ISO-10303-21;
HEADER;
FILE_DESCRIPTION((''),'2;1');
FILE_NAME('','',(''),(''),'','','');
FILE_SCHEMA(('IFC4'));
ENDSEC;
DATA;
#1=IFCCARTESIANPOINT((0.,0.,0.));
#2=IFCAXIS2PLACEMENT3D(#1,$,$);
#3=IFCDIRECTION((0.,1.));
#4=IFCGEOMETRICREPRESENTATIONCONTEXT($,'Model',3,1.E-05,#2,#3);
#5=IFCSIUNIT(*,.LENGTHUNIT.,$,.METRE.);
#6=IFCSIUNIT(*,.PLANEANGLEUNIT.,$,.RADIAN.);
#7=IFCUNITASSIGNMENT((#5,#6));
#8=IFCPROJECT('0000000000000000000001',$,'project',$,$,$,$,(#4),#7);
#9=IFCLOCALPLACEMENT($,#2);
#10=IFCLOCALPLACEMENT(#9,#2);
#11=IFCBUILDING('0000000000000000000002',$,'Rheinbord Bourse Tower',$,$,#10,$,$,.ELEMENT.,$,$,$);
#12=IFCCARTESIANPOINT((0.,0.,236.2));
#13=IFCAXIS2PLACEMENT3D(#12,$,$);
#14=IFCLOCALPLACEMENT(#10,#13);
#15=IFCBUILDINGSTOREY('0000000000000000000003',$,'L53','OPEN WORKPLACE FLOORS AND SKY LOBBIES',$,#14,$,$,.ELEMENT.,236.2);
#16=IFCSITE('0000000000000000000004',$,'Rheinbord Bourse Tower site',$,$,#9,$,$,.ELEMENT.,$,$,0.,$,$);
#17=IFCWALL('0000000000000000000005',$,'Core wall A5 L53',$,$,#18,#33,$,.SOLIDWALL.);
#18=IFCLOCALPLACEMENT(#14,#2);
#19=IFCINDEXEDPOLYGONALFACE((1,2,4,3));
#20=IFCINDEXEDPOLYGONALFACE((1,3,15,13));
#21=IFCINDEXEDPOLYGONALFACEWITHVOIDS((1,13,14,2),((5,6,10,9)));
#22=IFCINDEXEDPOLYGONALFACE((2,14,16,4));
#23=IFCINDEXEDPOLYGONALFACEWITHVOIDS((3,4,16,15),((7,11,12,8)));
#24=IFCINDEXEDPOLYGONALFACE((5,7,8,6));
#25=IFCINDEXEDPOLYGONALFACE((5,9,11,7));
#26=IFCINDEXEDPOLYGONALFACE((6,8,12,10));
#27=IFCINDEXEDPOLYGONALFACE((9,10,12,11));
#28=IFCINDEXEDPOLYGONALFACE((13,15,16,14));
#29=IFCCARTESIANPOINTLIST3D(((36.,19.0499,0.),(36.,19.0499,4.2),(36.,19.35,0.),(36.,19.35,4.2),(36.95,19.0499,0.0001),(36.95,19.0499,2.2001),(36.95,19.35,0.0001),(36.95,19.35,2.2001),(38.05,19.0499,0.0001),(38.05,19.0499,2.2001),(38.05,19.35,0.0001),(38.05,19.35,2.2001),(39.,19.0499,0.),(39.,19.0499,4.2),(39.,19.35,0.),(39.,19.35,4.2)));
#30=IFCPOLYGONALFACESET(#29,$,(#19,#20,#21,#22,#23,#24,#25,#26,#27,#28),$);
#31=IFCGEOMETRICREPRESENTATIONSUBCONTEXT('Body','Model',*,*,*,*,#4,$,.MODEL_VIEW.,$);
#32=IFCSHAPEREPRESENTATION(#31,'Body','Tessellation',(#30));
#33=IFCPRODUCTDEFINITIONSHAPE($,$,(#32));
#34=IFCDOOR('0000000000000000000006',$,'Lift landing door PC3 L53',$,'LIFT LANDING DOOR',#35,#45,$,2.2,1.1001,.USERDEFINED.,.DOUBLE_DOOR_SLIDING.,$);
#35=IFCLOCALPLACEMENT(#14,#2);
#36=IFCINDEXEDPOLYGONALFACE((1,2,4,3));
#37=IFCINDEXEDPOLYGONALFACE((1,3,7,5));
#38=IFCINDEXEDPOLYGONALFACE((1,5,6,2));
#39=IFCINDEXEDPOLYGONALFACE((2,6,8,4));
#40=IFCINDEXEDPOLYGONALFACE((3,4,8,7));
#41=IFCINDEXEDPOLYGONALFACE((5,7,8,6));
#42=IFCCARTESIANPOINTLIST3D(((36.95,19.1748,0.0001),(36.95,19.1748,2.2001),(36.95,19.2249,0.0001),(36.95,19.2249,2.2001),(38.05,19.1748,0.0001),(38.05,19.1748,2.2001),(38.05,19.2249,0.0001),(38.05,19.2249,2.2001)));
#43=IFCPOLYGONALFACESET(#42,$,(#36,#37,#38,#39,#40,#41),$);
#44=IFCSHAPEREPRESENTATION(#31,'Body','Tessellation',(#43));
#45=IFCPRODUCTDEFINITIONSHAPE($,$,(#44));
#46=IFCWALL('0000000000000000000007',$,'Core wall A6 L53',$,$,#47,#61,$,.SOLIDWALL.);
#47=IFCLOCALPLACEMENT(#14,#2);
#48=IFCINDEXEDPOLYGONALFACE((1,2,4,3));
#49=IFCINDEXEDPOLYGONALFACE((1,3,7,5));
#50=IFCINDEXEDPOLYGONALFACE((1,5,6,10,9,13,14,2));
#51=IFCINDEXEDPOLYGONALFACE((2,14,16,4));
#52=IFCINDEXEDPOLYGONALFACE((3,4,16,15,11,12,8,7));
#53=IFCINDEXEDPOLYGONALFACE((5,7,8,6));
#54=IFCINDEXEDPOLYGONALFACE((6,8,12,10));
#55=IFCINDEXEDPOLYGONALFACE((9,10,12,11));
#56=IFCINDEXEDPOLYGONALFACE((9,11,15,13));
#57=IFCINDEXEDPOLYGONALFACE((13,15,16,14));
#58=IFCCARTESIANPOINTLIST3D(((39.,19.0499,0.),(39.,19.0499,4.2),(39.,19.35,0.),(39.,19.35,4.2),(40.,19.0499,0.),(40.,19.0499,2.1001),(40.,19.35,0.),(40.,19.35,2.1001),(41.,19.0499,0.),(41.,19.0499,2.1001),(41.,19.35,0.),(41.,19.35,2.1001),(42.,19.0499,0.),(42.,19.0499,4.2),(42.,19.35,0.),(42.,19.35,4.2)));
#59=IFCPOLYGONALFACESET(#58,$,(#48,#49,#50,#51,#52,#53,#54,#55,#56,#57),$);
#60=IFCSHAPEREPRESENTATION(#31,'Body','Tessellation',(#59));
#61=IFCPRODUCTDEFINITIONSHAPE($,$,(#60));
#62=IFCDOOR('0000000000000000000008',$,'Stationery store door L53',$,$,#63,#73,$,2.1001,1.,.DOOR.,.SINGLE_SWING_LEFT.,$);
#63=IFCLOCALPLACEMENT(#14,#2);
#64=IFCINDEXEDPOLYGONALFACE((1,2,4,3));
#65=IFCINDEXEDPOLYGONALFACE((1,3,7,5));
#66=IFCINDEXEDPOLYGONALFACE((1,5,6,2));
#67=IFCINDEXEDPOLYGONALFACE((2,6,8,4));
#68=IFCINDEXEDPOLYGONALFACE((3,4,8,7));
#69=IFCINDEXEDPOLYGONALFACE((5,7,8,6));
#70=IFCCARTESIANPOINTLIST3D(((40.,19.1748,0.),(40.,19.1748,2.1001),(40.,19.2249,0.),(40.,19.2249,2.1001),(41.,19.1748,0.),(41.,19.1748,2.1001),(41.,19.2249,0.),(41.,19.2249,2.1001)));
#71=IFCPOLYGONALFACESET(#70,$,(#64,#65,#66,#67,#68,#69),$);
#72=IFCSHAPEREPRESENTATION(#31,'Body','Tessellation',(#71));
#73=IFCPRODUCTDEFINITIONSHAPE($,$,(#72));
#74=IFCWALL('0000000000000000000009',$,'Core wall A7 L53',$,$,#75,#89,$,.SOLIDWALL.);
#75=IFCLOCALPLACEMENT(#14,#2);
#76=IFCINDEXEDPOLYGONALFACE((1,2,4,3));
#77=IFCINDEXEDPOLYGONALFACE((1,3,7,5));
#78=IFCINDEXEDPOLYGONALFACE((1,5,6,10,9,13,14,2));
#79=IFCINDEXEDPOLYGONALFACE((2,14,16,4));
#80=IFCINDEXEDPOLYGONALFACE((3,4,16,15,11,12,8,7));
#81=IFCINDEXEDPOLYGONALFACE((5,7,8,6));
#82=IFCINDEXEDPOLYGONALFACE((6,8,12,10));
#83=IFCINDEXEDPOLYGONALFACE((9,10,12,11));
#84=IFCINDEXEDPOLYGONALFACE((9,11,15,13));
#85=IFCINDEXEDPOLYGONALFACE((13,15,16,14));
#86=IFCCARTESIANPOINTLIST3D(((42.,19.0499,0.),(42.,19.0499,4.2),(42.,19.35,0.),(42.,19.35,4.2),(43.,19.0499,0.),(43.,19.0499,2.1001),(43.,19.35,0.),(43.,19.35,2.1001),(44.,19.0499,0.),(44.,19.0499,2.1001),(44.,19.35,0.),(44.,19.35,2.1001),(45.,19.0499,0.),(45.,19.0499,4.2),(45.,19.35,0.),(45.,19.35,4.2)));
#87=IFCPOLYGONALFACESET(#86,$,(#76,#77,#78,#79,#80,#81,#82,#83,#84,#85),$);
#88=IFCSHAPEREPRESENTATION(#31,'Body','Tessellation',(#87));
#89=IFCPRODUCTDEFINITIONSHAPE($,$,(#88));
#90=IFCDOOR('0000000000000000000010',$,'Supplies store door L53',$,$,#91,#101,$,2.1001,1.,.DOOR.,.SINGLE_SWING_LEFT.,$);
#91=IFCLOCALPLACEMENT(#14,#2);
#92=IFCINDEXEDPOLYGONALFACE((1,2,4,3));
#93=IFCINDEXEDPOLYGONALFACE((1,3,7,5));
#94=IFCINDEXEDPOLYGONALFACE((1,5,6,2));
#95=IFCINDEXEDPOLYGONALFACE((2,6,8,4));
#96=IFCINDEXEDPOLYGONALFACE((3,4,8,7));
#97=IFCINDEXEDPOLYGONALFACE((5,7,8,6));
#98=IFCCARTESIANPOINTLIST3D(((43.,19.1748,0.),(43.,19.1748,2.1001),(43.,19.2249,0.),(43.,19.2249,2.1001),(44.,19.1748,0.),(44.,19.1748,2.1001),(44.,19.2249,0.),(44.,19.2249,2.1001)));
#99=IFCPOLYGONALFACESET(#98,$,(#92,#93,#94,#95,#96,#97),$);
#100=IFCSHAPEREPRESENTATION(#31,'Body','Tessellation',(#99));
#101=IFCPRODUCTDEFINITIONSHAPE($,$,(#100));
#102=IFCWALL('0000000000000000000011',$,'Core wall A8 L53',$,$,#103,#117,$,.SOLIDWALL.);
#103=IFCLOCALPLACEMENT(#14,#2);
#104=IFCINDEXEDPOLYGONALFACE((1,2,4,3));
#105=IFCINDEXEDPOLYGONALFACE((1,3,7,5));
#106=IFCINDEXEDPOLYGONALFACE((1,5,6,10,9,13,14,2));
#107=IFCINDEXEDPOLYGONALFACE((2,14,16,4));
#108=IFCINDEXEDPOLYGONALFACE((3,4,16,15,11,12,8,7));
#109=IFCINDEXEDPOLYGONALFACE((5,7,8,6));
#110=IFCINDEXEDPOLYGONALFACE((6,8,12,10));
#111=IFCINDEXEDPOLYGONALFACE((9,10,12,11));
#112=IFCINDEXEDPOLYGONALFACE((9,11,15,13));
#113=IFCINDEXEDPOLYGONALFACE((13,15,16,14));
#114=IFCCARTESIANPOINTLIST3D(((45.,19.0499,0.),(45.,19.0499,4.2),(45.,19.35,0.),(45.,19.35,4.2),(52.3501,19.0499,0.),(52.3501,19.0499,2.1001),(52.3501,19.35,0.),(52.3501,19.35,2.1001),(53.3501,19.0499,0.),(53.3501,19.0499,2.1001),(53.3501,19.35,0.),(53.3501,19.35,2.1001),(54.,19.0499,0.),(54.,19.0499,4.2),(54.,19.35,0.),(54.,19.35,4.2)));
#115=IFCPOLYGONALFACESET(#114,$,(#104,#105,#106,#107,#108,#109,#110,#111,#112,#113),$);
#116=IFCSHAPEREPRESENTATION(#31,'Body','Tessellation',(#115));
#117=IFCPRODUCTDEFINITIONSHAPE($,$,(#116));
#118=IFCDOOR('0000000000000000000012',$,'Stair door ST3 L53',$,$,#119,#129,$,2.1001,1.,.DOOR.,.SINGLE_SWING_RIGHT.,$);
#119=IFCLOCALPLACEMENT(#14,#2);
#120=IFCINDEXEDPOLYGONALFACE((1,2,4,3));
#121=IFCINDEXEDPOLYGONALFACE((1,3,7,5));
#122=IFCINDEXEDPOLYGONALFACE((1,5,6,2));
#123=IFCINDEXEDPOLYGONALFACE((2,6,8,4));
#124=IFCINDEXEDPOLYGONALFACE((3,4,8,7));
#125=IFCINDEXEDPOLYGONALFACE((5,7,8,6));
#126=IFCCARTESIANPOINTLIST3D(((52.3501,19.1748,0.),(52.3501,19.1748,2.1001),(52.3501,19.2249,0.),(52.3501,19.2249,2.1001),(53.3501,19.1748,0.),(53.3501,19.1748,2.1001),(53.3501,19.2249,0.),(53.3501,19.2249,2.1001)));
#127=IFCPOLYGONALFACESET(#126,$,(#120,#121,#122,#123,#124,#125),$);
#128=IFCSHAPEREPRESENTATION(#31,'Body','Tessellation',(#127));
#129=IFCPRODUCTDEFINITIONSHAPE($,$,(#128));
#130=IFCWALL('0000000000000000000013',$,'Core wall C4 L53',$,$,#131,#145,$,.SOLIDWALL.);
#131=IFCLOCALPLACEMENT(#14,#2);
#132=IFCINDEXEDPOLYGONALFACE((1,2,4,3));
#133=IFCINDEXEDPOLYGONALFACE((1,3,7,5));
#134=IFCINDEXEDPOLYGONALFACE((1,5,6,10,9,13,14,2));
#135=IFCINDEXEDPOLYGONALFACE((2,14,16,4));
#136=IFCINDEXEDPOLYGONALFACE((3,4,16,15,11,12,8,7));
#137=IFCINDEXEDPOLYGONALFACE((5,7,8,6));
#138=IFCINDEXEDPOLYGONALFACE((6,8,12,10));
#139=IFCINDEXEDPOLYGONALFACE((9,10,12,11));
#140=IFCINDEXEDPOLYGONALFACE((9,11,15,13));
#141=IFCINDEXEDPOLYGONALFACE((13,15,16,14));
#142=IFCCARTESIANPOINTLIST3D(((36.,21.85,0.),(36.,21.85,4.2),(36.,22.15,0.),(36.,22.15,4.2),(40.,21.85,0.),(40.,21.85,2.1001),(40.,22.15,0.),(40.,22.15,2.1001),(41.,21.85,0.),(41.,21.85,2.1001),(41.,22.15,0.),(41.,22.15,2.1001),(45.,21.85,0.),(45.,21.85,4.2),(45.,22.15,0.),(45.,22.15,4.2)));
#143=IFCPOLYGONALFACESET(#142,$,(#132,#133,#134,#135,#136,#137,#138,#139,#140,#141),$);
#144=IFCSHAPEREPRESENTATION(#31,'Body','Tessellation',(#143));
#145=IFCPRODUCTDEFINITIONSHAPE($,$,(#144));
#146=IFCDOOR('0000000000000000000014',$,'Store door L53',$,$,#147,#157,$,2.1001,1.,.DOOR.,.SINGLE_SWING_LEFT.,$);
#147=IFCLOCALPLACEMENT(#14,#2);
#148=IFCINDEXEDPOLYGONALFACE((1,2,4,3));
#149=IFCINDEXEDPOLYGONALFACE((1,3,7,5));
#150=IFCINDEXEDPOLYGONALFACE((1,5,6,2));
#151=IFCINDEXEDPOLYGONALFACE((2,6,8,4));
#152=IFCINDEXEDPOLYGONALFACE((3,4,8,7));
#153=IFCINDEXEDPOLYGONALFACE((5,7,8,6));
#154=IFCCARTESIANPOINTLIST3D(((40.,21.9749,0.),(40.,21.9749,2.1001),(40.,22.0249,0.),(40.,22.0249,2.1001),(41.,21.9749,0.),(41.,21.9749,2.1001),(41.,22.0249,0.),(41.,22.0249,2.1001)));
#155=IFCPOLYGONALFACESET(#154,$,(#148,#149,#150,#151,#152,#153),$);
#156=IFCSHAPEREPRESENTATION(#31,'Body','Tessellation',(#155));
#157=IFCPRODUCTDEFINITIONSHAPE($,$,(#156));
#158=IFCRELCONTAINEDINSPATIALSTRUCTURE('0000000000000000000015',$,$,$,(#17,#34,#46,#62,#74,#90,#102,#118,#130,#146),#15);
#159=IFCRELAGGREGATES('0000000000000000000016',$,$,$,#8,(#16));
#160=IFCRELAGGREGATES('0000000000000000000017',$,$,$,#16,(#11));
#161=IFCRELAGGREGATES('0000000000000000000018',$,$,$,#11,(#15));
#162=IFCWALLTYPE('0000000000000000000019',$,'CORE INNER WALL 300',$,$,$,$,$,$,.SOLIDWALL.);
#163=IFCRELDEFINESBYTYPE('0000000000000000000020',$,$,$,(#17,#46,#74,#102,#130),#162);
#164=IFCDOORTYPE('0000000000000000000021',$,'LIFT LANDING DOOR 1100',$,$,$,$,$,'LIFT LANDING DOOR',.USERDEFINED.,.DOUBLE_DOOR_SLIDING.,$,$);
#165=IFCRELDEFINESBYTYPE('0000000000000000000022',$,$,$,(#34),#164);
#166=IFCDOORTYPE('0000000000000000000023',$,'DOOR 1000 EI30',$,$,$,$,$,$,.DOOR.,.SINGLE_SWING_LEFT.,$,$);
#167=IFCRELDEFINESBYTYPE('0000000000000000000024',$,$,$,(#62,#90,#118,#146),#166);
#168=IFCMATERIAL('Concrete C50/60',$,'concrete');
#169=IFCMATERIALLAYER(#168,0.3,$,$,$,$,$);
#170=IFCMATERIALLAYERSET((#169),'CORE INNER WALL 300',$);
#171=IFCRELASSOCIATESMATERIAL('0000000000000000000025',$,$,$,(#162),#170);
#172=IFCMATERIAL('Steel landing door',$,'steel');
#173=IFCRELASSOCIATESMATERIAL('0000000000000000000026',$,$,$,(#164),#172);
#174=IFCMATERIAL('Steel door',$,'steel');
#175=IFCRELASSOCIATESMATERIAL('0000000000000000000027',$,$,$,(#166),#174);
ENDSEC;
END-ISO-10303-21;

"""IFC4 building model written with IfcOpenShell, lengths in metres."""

from ifc_helpers import new_model, si_unit, direction, frame, frame_2d, origin, place, context, subcontext, project, spatial, rectangle, extrude, material, layer, layer_set, type_object, element, fill, save


model = new_model("IFC4")

# Units and contexts
model_context = context("Model", 3, precision=1e-05, world=origin(), true_north=direction((0.0, 1.0)))
body_context = subcontext(model_context, "Body", "Model", "MODEL_VIEW")
ifc_project = project(units=[si_unit("LENGTHUNIT", "METRE"), si_unit("PLANEANGLEUNIT", "RADIAN")], contexts=[model_context])

# Site, building, storey
site_placement = place(None, origin())
site = spatial("IfcSite", under=ifc_project, at=site_placement, Name="Rheinbord Bourse Tower site", CompositionType="ELEMENT", RefElevation=0.0)
building_placement = place(site_placement, origin())
building = spatial("IfcBuilding", under=site, at=building_placement, Name="Rheinbord Bourse Tower", CompositionType="ELEMENT")
storey_placement = place(building_placement, frame((0.0, 0.0, 236.2)))
storey = spatial("IfcBuildingStorey", under=building, at=storey_placement, Name="L53", Description="OPEN WORKPLACE FLOORS AND SKY LOBBIES", CompositionType="ELEMENT", Elevation=236.2)

# Walls, openings, doors
ifc_material_1 = material(Name="Concrete C50/60", Category="concrete")
ifc_layer_1 = layer(ifc_material_1, 0.3)
ifc_layer_set_1 = layer_set([ifc_layer_1], Name="CORE INNER WALL 300")
wall_type_1 = type_object("IfcWallType", Name="CORE INNER WALL 300", PredefinedType="SOLIDWALL", material=ifc_layer_set_1)
wall_1_placement = place(storey_placement, frame((36.0, 19.2, 0.0), z_axis=(0.0, 0.0, 1.0), x_axis=(1.0, 0.0, 0.0)))
wall_1 = element("IfcWall", 1, at=wall_1_placement, inside=storey, type_object=wall_type_1, Name="Core wall A5 L53", PredefinedType="SOLIDWALL", context=body_context, shape_type="SweptSolid", body=[
    extrude(rectangle(XDim=3.0, YDim=0.3, at=frame_2d((1.5, 0.0))), origin(), (0.0, 0.0, 1.0), 4.2),
])
opening_1_placement = place(wall_1_placement, frame((0.95, 0.0, 0.0)))
opening_1 = element("IfcOpeningElement", 2, at=opening_1_placement, cuts=wall_1, PredefinedType="OPENING", context=body_context, shape_type="SweptSolid", body=[
    extrude(rectangle(XDim=1.1001, YDim=2.2, at=frame_2d((0.55, 1.1001))), frame((0.0, 0.1599, 0.0), z_axis=(0.0, -1.0, 0.0), x_axis=(1.0, 0.0, 0.0)), (0.0, 0.0, 1.0), 0.3201),
])
ifc_material_2 = material(Name="Steel landing door", Category="steel")
door_type_1 = type_object("IfcDoorType", Name="LIFT LANDING DOOR 1100", ElementType="LIFT LANDING DOOR", OperationType="DOUBLE_DOOR_SLIDING", PredefinedType="USERDEFINED", material=ifc_material_2)
door_1_placement = place(opening_1_placement, origin())
door_1 = element("IfcDoor", 3, at=door_1_placement, inside=storey, type_object=door_type_1, Name="Lift landing door PC3 L53", ObjectType="LIFT LANDING DOOR", OperationType="DOUBLE_DOOR_SLIDING", OverallHeight=2.2, OverallWidth=1.1001, PredefinedType="USERDEFINED", context=body_context, shape_type="SweptSolid", body=[
    extrude(rectangle(XDim=1.1001, YDim=2.2, at=frame_2d((0.55, 1.1001))), frame((0.0, 0.0249, 0.0), z_axis=(0.0, -1.0, 0.0), x_axis=(1.0, 0.0, 0.0)), (0.0, 0.0, 1.0), 0.05),
])
fill(opening_1, door_1)
wall_2_placement = place(storey_placement, frame((39.0, 19.2, 0.0), z_axis=(0.0, 0.0, 1.0), x_axis=(1.0, 0.0, 0.0)))
wall_2 = element("IfcWall", 4, at=wall_2_placement, inside=storey, type_object=wall_type_1, Name="Core wall A6 L53", PredefinedType="SOLIDWALL", context=body_context, shape_type="SweptSolid", body=[
    extrude(rectangle(XDim=3.0, YDim=0.3, at=frame_2d((1.5, 0.0))), origin(), (0.0, 0.0, 1.0), 4.2),
])
opening_2_placement = place(wall_2_placement, frame((1.0, 0.0, 0.0)))
opening_2 = element("IfcOpeningElement", 5, at=opening_2_placement, cuts=wall_2, PredefinedType="OPENING", context=body_context, shape_type="SweptSolid", body=[
    extrude(rectangle(XDim=1.0, YDim=2.1001, at=frame_2d((0.5, 1.05))), frame((0.0, 0.1599, 0.0), z_axis=(0.0, -1.0, 0.0), x_axis=(1.0, 0.0, 0.0)), (0.0, 0.0, 1.0), 0.3201),
])
ifc_material_3 = material(Name="Steel door", Category="steel")
door_type_2 = type_object("IfcDoorType", Name="DOOR 1000 EI30", OperationType="SINGLE_SWING_LEFT", PredefinedType="DOOR", material=ifc_material_3)
door_2_placement = place(opening_2_placement, origin())
door_2 = element("IfcDoor", 6, at=door_2_placement, inside=storey, type_object=door_type_2, Name="Stationery store door L53", OperationType="SINGLE_SWING_LEFT", OverallHeight=2.1001, OverallWidth=1.0, PredefinedType="DOOR", context=body_context, shape_type="SweptSolid", body=[
    extrude(rectangle(XDim=1.0, YDim=2.1001, at=frame_2d((0.5, 1.05))), frame((0.0, 0.0249, 0.0), z_axis=(0.0, -1.0, 0.0), x_axis=(1.0, 0.0, 0.0)), (0.0, 0.0, 1.0), 0.05),
])
fill(opening_2, door_2)
wall_3_placement = place(storey_placement, frame((42.0, 19.2, 0.0), z_axis=(0.0, 0.0, 1.0), x_axis=(1.0, 0.0, 0.0)))
wall_3 = element("IfcWall", 7, at=wall_3_placement, inside=storey, type_object=wall_type_1, Name="Core wall A7 L53", PredefinedType="SOLIDWALL", context=body_context, shape_type="SweptSolid", body=[
    extrude(rectangle(XDim=3.0, YDim=0.3, at=frame_2d((1.5, 0.0))), origin(), (0.0, 0.0, 1.0), 4.2),
])
opening_3_placement = place(wall_3_placement, frame((1.0, 0.0, 0.0)))
opening_3 = element("IfcOpeningElement", 8, at=opening_3_placement, cuts=wall_3, PredefinedType="OPENING", context=body_context, shape_type="SweptSolid", body=[
    extrude(rectangle(XDim=1.0, YDim=2.1001, at=frame_2d((0.5, 1.05))), frame((0.0, 0.1599, 0.0), z_axis=(0.0, -1.0, 0.0), x_axis=(1.0, 0.0, 0.0)), (0.0, 0.0, 1.0), 0.3201),
])
door_3_placement = place(opening_3_placement, origin())
door_3 = element("IfcDoor", 9, at=door_3_placement, inside=storey, type_object=door_type_2, Name="Supplies store door L53", OperationType="SINGLE_SWING_LEFT", OverallHeight=2.1001, OverallWidth=1.0, PredefinedType="DOOR", context=body_context, shape_type="SweptSolid", body=[
    extrude(rectangle(XDim=1.0, YDim=2.1001, at=frame_2d((0.5, 1.05))), frame((0.0, 0.0249, 0.0), z_axis=(0.0, -1.0, 0.0), x_axis=(1.0, 0.0, 0.0)), (0.0, 0.0, 1.0), 0.05),
])
fill(opening_3, door_3)
wall_4_placement = place(storey_placement, frame((45.0, 19.2, 0.0), z_axis=(0.0, 0.0, 1.0), x_axis=(1.0, 0.0, 0.0)))
wall_4 = element("IfcWall", 10, at=wall_4_placement, inside=storey, type_object=wall_type_1, Name="Core wall A8 L53", PredefinedType="SOLIDWALL", context=body_context, shape_type="SweptSolid", body=[
    extrude(rectangle(XDim=9.0, YDim=0.3, at=frame_2d((4.5, 0.0))), origin(), (0.0, 0.0, 1.0), 4.2),
])
opening_4_placement = place(wall_4_placement, frame((7.3501, 0.0, 0.0)))
opening_4 = element("IfcOpeningElement", 11, at=opening_4_placement, cuts=wall_4, PredefinedType="OPENING", context=body_context, shape_type="SweptSolid", body=[
    extrude(rectangle(XDim=1.0, YDim=2.1001, at=frame_2d((0.5, 1.05))), frame((0.0, 0.1599, 0.0), z_axis=(0.0, -1.0, 0.0), x_axis=(1.0, 0.0, 0.0)), (0.0, 0.0, 1.0), 0.3201),
])
door_4_placement = place(opening_4_placement, origin())
door_4 = element("IfcDoor", 12, at=door_4_placement, inside=storey, type_object=door_type_2, Name="Stair door ST3 L53", OperationType="SINGLE_SWING_RIGHT", OverallHeight=2.1001, OverallWidth=1.0, PredefinedType="DOOR", context=body_context, shape_type="SweptSolid", body=[
    extrude(rectangle(XDim=1.0, YDim=2.1001, at=frame_2d((0.5, 1.05))), frame((0.0, 0.0249, 0.0), z_axis=(0.0, -1.0, 0.0), x_axis=(1.0, 0.0, 0.0)), (0.0, 0.0, 1.0), 0.05),
])
fill(opening_4, door_4)
wall_5_placement = place(storey_placement, frame((36.0, 22.0, 0.0), z_axis=(0.0, 0.0, 1.0), x_axis=(1.0, 0.0, 0.0)))
wall_5 = element("IfcWall", 13, at=wall_5_placement, inside=storey, type_object=wall_type_1, Name="Core wall C4 L53", PredefinedType="SOLIDWALL", context=body_context, shape_type="SweptSolid", body=[
    extrude(rectangle(XDim=9.0, YDim=0.3, at=frame_2d((4.5, 0.0))), origin(), (0.0, 0.0, 1.0), 4.2),
])
opening_5_placement = place(wall_5_placement, frame((4.0, 0.0, 0.0)))
opening_5 = element("IfcOpeningElement", 14, at=opening_5_placement, cuts=wall_5, PredefinedType="OPENING", context=body_context, shape_type="SweptSolid", body=[
    extrude(rectangle(XDim=1.0, YDim=2.1001, at=frame_2d((0.5, 1.05))), frame((0.0, 0.1599, 0.0), z_axis=(0.0, -1.0, 0.0), x_axis=(1.0, 0.0, 0.0)), (0.0, 0.0, 1.0), 0.3201),
])
door_5_placement = place(opening_5_placement, origin())
door_5 = element("IfcDoor", 15, at=door_5_placement, inside=storey, type_object=door_type_2, Name="Store door L53", OperationType="SINGLE_SWING_LEFT", OverallHeight=2.1001, OverallWidth=1.0, PredefinedType="DOOR", context=body_context, shape_type="SweptSolid", body=[
    extrude(rectangle(XDim=1.0, YDim=2.1001, at=frame_2d((0.5, 1.05))), frame((0.0, 0.0249, 0.0), z_axis=(0.0, -1.0, 0.0), x_axis=(1.0, 0.0, 0.0)), (0.0, 0.0, 1.0), 0.05),
])
fill(opening_5, door_5)

save(model, "model.ifc")
